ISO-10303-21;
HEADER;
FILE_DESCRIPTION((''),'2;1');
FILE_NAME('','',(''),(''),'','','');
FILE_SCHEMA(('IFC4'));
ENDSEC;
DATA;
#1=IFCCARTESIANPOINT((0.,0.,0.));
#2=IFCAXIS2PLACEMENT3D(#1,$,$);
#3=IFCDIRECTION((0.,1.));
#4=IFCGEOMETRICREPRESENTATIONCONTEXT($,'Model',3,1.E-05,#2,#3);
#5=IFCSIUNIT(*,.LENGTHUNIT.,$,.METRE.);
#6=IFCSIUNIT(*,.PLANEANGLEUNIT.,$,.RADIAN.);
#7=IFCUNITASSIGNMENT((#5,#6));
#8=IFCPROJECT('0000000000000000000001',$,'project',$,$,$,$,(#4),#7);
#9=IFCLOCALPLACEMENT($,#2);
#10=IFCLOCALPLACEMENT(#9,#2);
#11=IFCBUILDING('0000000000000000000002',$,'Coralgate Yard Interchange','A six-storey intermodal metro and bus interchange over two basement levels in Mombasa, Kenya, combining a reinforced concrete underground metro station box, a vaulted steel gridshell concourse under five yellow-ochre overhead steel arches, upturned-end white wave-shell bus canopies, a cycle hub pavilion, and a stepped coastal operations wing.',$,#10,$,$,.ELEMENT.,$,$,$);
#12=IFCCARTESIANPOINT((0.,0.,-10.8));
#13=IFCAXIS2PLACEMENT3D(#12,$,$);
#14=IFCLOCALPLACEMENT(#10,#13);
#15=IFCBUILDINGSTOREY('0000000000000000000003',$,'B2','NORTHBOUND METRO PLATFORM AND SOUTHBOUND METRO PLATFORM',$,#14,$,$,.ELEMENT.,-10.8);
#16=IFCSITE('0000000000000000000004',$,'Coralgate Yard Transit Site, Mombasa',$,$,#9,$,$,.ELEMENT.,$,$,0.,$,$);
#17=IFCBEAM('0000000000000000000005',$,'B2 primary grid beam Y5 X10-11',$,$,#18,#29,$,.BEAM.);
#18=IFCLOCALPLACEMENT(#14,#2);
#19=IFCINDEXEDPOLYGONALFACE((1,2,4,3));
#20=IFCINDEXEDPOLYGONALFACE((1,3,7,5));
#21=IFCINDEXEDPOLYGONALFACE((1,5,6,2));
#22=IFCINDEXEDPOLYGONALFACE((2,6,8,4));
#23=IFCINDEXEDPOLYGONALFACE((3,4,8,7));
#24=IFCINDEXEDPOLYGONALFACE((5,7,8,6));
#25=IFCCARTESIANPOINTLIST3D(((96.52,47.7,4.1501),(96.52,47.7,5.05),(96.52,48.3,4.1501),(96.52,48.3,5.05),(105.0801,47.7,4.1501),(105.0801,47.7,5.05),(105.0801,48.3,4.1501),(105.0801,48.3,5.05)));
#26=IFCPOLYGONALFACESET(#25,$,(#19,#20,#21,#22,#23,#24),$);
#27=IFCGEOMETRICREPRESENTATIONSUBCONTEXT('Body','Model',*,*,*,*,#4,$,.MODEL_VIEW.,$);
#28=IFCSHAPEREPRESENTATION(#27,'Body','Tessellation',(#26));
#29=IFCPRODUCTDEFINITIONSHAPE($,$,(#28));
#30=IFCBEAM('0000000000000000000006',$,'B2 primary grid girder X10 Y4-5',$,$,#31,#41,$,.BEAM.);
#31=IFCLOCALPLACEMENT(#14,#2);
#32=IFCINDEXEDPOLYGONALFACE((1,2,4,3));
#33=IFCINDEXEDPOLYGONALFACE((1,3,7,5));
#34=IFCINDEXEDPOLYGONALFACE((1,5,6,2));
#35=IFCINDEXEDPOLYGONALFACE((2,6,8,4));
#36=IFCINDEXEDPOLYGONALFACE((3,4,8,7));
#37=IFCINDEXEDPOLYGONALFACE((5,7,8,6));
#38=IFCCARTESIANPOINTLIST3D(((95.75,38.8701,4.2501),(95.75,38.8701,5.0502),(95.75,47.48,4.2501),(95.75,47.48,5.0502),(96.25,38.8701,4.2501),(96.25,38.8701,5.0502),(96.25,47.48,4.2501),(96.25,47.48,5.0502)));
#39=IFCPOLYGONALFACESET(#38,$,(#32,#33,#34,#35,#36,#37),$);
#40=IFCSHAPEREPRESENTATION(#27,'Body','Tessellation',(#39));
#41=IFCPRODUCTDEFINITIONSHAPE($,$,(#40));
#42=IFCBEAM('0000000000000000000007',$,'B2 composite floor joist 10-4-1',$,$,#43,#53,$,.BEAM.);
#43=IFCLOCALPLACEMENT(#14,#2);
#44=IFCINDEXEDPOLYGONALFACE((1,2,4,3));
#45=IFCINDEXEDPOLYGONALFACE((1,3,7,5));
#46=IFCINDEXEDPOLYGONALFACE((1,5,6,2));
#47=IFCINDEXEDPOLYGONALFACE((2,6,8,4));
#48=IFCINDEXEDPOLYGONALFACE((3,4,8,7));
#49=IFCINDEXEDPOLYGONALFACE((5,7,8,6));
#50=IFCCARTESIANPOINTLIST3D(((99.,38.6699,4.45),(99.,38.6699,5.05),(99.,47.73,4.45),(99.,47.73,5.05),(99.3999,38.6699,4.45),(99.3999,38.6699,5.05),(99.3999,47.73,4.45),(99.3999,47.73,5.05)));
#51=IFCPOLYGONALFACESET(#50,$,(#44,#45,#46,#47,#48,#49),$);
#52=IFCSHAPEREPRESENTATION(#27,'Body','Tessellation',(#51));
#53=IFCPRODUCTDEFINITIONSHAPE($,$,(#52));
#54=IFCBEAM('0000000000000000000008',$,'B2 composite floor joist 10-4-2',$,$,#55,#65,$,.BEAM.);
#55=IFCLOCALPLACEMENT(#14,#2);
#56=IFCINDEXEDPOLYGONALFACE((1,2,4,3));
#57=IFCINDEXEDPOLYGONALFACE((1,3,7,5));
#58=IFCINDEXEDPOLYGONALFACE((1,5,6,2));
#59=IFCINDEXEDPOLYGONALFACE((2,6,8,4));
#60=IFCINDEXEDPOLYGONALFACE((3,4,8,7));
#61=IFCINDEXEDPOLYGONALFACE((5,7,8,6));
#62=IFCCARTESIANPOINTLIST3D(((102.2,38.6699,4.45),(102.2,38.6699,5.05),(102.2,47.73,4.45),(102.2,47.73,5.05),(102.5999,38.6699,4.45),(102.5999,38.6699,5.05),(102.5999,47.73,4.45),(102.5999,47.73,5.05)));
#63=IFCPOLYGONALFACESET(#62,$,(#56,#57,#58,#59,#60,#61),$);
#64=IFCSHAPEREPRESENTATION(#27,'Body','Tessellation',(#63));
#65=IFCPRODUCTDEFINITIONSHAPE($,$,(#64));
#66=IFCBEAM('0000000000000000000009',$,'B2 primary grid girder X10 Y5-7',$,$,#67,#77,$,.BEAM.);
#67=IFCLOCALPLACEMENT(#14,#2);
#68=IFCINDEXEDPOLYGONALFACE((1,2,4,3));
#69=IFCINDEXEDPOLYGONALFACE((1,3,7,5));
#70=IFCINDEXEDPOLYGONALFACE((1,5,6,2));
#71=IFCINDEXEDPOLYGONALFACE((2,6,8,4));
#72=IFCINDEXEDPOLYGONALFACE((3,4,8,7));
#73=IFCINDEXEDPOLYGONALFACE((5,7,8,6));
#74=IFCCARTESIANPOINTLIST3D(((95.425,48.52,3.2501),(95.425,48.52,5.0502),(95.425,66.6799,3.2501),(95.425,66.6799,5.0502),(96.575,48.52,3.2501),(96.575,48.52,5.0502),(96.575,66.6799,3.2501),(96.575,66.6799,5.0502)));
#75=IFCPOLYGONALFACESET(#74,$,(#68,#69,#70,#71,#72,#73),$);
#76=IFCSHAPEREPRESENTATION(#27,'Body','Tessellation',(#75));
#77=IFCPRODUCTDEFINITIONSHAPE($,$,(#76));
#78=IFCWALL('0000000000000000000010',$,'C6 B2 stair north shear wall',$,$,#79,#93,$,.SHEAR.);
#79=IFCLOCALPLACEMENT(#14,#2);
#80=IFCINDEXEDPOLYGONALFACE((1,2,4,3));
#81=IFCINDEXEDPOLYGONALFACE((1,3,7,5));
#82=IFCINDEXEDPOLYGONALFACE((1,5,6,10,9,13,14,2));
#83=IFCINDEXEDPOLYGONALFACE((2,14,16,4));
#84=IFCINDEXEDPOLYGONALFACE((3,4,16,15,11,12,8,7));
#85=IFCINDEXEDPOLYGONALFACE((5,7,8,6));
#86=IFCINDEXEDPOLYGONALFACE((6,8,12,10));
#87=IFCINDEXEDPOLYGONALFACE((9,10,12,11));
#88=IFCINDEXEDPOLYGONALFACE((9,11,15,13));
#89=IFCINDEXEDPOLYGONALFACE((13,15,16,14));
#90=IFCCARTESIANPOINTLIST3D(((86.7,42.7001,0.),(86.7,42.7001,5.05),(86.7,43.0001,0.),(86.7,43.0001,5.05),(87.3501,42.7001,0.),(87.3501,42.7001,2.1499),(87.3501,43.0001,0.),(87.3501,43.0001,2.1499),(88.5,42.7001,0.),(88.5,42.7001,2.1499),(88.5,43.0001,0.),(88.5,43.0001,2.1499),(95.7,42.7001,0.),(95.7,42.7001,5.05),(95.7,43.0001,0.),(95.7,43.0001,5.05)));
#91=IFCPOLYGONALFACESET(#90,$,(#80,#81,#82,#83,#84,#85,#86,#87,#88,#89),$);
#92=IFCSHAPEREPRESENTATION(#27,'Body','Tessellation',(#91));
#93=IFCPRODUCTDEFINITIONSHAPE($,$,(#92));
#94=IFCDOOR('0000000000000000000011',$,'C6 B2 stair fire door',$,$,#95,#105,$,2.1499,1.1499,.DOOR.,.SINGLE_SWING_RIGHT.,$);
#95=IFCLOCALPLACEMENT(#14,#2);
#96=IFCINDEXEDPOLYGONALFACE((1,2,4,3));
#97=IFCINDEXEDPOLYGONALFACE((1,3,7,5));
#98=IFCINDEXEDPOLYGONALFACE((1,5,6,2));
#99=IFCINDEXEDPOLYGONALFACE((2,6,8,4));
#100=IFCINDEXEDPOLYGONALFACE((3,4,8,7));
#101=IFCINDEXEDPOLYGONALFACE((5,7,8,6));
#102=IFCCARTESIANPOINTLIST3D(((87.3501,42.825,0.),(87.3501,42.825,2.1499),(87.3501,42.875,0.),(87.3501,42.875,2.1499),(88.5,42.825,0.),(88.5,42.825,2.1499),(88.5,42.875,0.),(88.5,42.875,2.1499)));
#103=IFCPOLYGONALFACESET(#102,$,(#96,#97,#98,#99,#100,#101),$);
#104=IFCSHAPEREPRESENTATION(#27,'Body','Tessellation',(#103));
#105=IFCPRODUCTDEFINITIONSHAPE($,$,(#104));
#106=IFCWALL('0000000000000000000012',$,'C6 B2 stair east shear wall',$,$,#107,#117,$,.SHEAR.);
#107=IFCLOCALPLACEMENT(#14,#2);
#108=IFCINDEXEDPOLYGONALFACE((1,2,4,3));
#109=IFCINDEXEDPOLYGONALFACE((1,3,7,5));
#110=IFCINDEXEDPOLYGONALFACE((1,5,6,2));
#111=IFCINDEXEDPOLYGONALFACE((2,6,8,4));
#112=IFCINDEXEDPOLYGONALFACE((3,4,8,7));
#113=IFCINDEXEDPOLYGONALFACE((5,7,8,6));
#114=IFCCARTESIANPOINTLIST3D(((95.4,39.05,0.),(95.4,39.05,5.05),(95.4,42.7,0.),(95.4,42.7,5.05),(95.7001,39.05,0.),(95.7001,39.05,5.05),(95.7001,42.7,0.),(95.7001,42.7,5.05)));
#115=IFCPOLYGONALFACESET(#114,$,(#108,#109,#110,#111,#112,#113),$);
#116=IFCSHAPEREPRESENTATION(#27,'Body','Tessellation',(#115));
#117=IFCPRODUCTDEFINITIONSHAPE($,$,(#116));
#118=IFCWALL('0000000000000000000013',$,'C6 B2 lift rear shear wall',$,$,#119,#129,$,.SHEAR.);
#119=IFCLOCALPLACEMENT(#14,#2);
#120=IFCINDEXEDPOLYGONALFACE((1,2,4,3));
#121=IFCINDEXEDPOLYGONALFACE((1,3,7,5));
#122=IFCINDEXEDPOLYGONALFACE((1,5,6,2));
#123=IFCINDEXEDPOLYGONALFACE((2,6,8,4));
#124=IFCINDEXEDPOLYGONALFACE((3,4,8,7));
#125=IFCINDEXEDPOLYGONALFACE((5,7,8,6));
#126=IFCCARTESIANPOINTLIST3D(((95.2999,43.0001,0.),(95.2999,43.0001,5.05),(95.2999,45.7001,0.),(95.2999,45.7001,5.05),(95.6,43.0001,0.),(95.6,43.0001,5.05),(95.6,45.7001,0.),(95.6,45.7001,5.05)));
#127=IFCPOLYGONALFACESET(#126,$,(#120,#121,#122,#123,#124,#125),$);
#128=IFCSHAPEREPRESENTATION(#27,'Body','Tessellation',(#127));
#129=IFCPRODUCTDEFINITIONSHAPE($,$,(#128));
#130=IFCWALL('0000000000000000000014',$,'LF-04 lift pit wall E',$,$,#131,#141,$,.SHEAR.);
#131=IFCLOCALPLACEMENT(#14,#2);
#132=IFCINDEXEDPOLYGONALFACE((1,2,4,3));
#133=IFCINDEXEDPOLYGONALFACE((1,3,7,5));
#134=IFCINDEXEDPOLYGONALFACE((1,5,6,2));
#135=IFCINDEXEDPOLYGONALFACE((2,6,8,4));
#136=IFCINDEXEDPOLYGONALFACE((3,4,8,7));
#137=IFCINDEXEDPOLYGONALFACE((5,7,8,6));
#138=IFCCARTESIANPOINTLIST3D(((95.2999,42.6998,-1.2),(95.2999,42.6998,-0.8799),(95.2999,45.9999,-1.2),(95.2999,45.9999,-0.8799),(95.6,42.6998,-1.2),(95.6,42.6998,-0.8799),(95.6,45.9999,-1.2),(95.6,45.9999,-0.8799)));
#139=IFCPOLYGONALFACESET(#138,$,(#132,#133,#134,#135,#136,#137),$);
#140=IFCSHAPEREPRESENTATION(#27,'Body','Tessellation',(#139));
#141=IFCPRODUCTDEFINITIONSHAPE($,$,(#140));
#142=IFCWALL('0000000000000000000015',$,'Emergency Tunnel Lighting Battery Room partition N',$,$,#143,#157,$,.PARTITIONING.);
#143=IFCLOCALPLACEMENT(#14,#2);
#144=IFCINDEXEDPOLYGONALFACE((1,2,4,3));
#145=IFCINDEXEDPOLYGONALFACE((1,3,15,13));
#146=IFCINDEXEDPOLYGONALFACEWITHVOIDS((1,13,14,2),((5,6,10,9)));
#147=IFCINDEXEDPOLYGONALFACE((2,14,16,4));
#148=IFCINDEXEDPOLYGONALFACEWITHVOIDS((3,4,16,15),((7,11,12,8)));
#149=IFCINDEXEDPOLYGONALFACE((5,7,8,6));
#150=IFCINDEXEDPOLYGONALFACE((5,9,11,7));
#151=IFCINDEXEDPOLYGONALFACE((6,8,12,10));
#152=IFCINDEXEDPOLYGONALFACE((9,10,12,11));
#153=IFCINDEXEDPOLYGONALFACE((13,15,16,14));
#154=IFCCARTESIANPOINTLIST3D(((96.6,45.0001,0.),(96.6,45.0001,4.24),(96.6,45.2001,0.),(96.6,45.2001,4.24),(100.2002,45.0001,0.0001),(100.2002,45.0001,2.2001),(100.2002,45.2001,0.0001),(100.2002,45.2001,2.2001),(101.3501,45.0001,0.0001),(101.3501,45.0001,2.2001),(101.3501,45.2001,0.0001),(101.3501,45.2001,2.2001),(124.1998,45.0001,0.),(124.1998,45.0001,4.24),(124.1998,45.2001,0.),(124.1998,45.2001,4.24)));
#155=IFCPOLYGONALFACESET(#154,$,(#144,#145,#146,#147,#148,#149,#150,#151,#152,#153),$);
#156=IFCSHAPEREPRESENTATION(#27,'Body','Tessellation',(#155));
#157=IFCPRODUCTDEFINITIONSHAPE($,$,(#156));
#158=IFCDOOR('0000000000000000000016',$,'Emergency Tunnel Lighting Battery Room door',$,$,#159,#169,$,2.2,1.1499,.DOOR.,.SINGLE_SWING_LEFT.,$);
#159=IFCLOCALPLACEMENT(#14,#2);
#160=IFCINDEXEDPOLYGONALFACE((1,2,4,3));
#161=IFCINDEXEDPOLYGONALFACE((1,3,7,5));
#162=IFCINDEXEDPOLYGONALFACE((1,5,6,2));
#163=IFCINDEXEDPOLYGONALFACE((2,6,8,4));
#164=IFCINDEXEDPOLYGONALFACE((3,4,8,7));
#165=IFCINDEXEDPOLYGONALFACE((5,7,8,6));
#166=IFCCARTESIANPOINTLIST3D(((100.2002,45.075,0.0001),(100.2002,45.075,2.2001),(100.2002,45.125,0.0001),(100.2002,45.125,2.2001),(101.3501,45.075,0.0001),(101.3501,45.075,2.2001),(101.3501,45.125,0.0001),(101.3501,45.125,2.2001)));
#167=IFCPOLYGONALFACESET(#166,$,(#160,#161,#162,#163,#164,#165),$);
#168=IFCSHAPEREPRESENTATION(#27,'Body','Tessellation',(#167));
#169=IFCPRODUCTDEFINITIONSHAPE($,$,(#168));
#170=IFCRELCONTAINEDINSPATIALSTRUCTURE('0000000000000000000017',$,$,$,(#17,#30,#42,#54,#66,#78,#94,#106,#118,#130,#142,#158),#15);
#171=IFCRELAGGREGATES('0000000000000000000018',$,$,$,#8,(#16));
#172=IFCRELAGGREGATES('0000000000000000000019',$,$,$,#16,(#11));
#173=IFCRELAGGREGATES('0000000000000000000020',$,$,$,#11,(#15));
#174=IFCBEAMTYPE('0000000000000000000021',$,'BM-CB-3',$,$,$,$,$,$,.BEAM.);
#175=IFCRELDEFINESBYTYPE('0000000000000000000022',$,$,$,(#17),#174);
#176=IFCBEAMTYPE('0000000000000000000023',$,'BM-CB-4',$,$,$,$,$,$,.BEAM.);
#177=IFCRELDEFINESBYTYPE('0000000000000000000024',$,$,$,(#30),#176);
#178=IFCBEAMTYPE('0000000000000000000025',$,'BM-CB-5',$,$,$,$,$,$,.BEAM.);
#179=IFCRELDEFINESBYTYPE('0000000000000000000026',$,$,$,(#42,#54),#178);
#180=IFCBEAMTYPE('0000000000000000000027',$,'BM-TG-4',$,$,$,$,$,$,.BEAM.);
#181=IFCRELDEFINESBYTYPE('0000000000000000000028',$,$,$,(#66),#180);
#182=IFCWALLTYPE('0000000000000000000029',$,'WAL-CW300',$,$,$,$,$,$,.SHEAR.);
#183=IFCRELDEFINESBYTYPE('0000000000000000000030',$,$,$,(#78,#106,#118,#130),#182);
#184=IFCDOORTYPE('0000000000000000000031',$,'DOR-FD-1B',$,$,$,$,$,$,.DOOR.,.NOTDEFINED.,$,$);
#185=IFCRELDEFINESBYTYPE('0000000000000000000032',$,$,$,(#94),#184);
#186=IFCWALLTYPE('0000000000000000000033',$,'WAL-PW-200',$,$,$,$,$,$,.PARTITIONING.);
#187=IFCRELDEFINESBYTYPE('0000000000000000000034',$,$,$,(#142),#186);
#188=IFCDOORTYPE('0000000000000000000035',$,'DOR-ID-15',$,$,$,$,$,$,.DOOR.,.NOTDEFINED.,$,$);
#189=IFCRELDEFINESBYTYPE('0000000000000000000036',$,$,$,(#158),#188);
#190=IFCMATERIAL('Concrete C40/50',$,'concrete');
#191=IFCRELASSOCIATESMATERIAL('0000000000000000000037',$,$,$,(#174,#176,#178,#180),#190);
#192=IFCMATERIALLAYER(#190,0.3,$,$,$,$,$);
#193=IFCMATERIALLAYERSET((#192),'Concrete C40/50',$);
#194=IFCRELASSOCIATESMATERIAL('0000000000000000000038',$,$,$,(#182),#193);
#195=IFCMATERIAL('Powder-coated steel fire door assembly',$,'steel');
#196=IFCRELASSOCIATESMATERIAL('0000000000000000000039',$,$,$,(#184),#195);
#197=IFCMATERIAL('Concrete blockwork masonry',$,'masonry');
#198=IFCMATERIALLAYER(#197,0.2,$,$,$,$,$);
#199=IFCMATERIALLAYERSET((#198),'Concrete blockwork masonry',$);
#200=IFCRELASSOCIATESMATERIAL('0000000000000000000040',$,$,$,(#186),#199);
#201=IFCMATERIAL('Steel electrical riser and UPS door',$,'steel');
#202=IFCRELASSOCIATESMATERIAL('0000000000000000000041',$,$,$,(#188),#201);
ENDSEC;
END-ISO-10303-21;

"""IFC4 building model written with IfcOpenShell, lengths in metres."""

from ifc_helpers import new_model, si_unit, direction, frame, frame_2d, origin, origin_2d, place, context, subcontext, project, spatial, rectangle, extrude, material, layer, layer_set, material_profile, profile_set, type_object, element, fill, save


model = new_model("IFC4")

# Units and contexts
model_context = context("Model", 3, precision=1e-05, world=origin(), true_north=direction((0.0, 1.0)))
body_context = subcontext(model_context, "Body", "Model", "MODEL_VIEW")
ifc_project = project(units=[si_unit("LENGTHUNIT", "METRE"), si_unit("PLANEANGLEUNIT", "RADIAN")], contexts=[model_context])

# Site, building, storey
site_placement = place(None, origin())
site = spatial("IfcSite", under=ifc_project, at=site_placement, Name="Coralgate Yard Transit Site, Mombasa", CompositionType="ELEMENT", RefElevation=0.0)
building_placement = place(site_placement, origin())
building = spatial("IfcBuilding", under=site, at=building_placement, Name="Coralgate Yard Interchange", Description="A six-storey intermodal metro and bus interchange over two basement levels in Mombasa, Kenya, combining a reinforced concrete underground metro station box, a vaulted steel gridshell concourse under five yellow-ochre overhead steel arches, upturned-end white wave-shell bus canopies, a cycle hub pavilion, and a stepped coastal operations wing.", CompositionType="ELEMENT")
storey_placement = place(building_placement, frame((0.0, 0.0, -10.8)))
storey = spatial("IfcBuildingStorey", under=building, at=storey_placement, Name="B2", Description="NORTHBOUND METRO PLATFORM AND SOUTHBOUND METRO PLATFORM", CompositionType="ELEMENT", Elevation=-10.8)

# Shared definitions
ifc_material_1 = material(Name="Concrete C40/50", Category="concrete")

# Beams
ifc_material_profile_1 = material_profile(ifc_material_1, rectangle(XDim=0.6001, YDim=0.8999, at=origin_2d()), Name="RC 600x900")
ifc_profile_set_1 = profile_set([ifc_material_profile_1], Name="Concrete C40/50")
beam_type_1 = type_object("IfcBeamType", Name="BM-CB-3", PredefinedType="BEAM", material=ifc_profile_set_1)
beam_1_placement = place(storey_placement, frame((96.52, 48.0, 4.6001), z_axis=(1.0, 0.0, 0.0), x_axis=(0.0, 1.0, 0.0)))
element("IfcBeam", 1, at=beam_1_placement, inside=storey, type_object=beam_type_1, Name="B2 primary grid beam Y5 X10-11", PredefinedType="BEAM", context=body_context, shape_type="SweptSolid", body=[
    extrude(rectangle(XDim=0.6001, YDim=0.8999, at=origin_2d()), origin(), (0.0, 0.0, 1.0), 8.5601),
])
ifc_material_profile_2 = material_profile(ifc_material_1, rectangle(XDim=0.5, YDim=0.8, at=origin_2d()), Name="RC 500x800")
ifc_profile_set_2 = profile_set([ifc_material_profile_2], Name="Concrete C40/50")
beam_type_2 = type_object("IfcBeamType", Name="BM-CB-4", PredefinedType="BEAM", material=ifc_profile_set_2)
beam_2_placement = place(storey_placement, frame((96.0, 38.8701, 4.6501), z_axis=(0.0, 1.0, 0.0), x_axis=(-1.0, 0.0, 0.0)))
element("IfcBeam", 2, at=beam_2_placement, inside=storey, type_object=beam_type_2, Name="B2 primary grid girder X10 Y4-5", PredefinedType="BEAM", context=body_context, shape_type="SweptSolid", body=[
    extrude(rectangle(XDim=0.5, YDim=0.8, at=origin_2d()), origin(), (0.0, 0.0, 1.0), 8.6099),
])
ifc_material_profile_3 = material_profile(ifc_material_1, rectangle(XDim=0.3999, YDim=0.6001, at=origin_2d()), Name="RC 400x600")
ifc_profile_set_3 = profile_set([ifc_material_profile_3], Name="Concrete C40/50")
beam_type_3 = type_object("IfcBeamType", Name="BM-CB-5", PredefinedType="BEAM", material=ifc_profile_set_3)
for number, where, z_axis, x_axis, name in (
    (3, (99.2, 38.6699, 4.75), (0.0, 1.0, 0.0), (-1.0, 0.0, 0.0), "B2 composite floor joist 10-4-1"),
    (4, (102.3999, 38.6699, 4.75), (0.0, 1.0, 0.0), (-1.0, 0.0, 0.0), "B2 composite floor joist 10-4-2"),
):
    element("IfcBeam", number, at=place(storey_placement, frame(where, z_axis=z_axis, x_axis=x_axis)), inside=storey, type_object=beam_type_3, Name=name, PredefinedType="BEAM", context=body_context, shape_type="SweptSolid", body=[
        extrude(rectangle(XDim=0.3999, YDim=0.6001, at=origin_2d()), origin(), (0.0, 0.0, 1.0), 9.0601),
    ])
ifc_material_profile_4 = material_profile(ifc_material_1, rectangle(XDim=1.1499, YDim=1.8, at=origin_2d()), Name="RC 1150x1800")
ifc_profile_set_4 = profile_set([ifc_material_profile_4], Name="Concrete C40/50")
beam_type_4 = type_object("IfcBeamType", Name="BM-TG-4", PredefinedType="BEAM", material=ifc_profile_set_4)
beam_3_placement = place(storey_placement, frame((96.0, 48.52, 4.1501), z_axis=(0.0, 1.0, 0.0), x_axis=(-1.0, 0.0, 0.0)))
element("IfcBeam", 5, at=beam_3_placement, inside=storey, type_object=beam_type_4, Name="B2 primary grid girder X10 Y5-7", PredefinedType="BEAM", context=body_context, shape_type="SweptSolid", body=[
    extrude(rectangle(XDim=1.1499, YDim=1.8, at=origin_2d()), origin(), (0.0, 0.0, 1.0), 18.1599),
])

# Wall, opening, door
ifc_layer_1 = layer(ifc_material_1, 0.3)
ifc_layer_set_1 = layer_set([ifc_layer_1], Name="Concrete C40/50")
wall_type_1 = type_object("IfcWallType", Name="WAL-CW300", PredefinedType="SHEAR", material=ifc_layer_set_1)
wall_1_placement = place(storey_placement, frame((95.7, 42.8501, 0.0), z_axis=(0.0, 0.0, 1.0), x_axis=(-1.0, 0.0, 0.0)))
wall_1 = element("IfcWall", 6, at=wall_1_placement, inside=storey, type_object=wall_type_1, Name="C6 B2 stair north shear wall", PredefinedType="SHEAR", context=body_context, shape_type="SweptSolid", body=[
    extrude(rectangle(XDim=9.0, YDim=0.3, at=frame_2d((4.5, 0.0))), origin(), (0.0, 0.0, 1.0), 5.05),
])
opening_1_placement = place(wall_1_placement, frame((7.2, 0.0, 0.0)))
opening_1 = element("IfcOpeningElement", 7, at=opening_1_placement, cuts=wall_1, PredefinedType="OPENING", context=body_context, shape_type="SweptSolid", body=[
    extrude(rectangle(XDim=1.1499, YDim=2.1499, at=frame_2d((0.575, 1.075))), frame((0.0, 0.1599, 0.0), z_axis=(0.0, -1.0, 0.0), x_axis=(1.0, 0.0, 0.0)), (0.0, 0.0, 1.0), 0.3201),
])
ifc_material_2 = material(Name="Powder-coated steel fire door assembly", Category="steel")
door_type_1 = type_object("IfcDoorType", Name="DOR-FD-1B", OperationType="NOTDEFINED", PredefinedType="DOOR", material=ifc_material_2)
door_1_placement = place(opening_1_placement, frame((1.1499, 0.0, 0.0), z_axis=(0.0, 0.0, 1.0), x_axis=(-1.0, 0.0, 0.0)))
door_1 = element("IfcDoor", 8, at=door_1_placement, inside=storey, type_object=door_type_1, Name="C6 B2 stair fire door", OperationType="SINGLE_SWING_RIGHT", OverallHeight=2.1499, OverallWidth=1.1499, PredefinedType="DOOR", context=body_context, shape_type="SweptSolid", body=[
    extrude(rectangle(XDim=1.1499, YDim=2.1499, at=frame_2d((0.575, 1.075))), frame((0.0, 0.0249, 0.0), z_axis=(0.0, -1.0, 0.0), x_axis=(1.0, 0.0, 0.0)), (0.0, 0.0, 1.0), 0.05),
])
fill(opening_1, door_1)

# Walls
wall_2_placement = place(storey_placement, frame((95.55, 42.7, 0.0), z_axis=(0.0, 0.0, 1.0), x_axis=(0.0, -1.0, 0.0)))
element("IfcWall", 9, at=wall_2_placement, inside=storey, type_object=wall_type_1, Name="C6 B2 stair east shear wall", PredefinedType="SHEAR", context=body_context, shape_type="SweptSolid", body=[
    extrude(rectangle(XDim=3.6499, YDim=0.3, at=frame_2d((1.825, 0.0))), origin(), (0.0, 0.0, 1.0), 5.05),
])
wall_3_placement = place(storey_placement, frame((95.45, 43.0, 0.0), z_axis=(0.0, 0.0, 1.0), x_axis=(0.0, 1.0, 0.0)))
element("IfcWall", 10, at=wall_3_placement, inside=storey, type_object=wall_type_1, Name="C6 B2 lift rear shear wall", PredefinedType="SHEAR", context=body_context, shape_type="SweptSolid", body=[
    extrude(rectangle(XDim=2.7, YDim=0.3, at=frame_2d((1.3501, 0.0))), origin(), (0.0, 0.0, 1.0), 5.05),
])
wall_4_placement = place(storey_placement, frame((95.45, 42.7, -1.2), z_axis=(0.0, 0.0, 1.0), x_axis=(0.0, 1.0, 0.0)))
element("IfcWall", 11, at=wall_4_placement, inside=storey, type_object=wall_type_1, Name="LF-04 lift pit wall E", PredefinedType="SHEAR", context=body_context, shape_type="SweptSolid", body=[
    extrude(rectangle(XDim=3.3, YDim=0.3, at=frame_2d((1.6499, 0.0))), origin(), (0.0, 0.0, 1.0), 0.3201),
])

# Wall, opening, door
ifc_material_3 = material(Name="Concrete blockwork masonry", Category="masonry")
ifc_layer_2 = layer(ifc_material_3, 0.2)
ifc_layer_set_2 = layer_set([ifc_layer_2], Name="Concrete blockwork masonry")
wall_type_2 = type_object("IfcWallType", Name="WAL-PW-200", PredefinedType="PARTITIONING", material=ifc_layer_set_2)
wall_5_placement = place(storey_placement, frame((96.6001, 45.1001, 0.0), z_axis=(0.0, 0.0, 1.0), x_axis=(1.0, 0.0, 0.0)))
wall_5 = element("IfcWall", 12, at=wall_5_placement, inside=storey, type_object=wall_type_2, Name="Emergency Tunnel Lighting Battery Room partition N", PredefinedType="PARTITIONING", context=body_context, shape_type="SweptSolid", body=[
    extrude(rectangle(XDim=27.5999, YDim=0.2, at=frame_2d((13.7998, 0.0))), origin(), (0.0, 0.0, 1.0), 4.24),
])
opening_2_placement = place(wall_5_placement, frame((3.6001, 0.0, 0.0)))
opening_2 = element("IfcOpeningElement", 13, at=opening_2_placement, cuts=wall_5, PredefinedType="OPENING", context=body_context, shape_type="SweptSolid", body=[
    extrude(rectangle(XDim=1.1499, YDim=2.2, at=frame_2d((0.575, 1.1001))), frame((0.0, 0.1099, 0.0), z_axis=(0.0, -1.0, 0.0), x_axis=(1.0, 0.0, 0.0)), (0.0, 0.0, 1.0), 0.22),
])
ifc_material_4 = material(Name="Steel electrical riser and UPS door", Category="steel")
door_type_2 = type_object("IfcDoorType", Name="DOR-ID-15", OperationType="NOTDEFINED", PredefinedType="DOOR", material=ifc_material_4)
door_2_placement = place(opening_2_placement, origin())
door_2 = element("IfcDoor", 14, at=door_2_placement, inside=storey, type_object=door_type_2, Name="Emergency Tunnel Lighting Battery Room door", OperationType="SINGLE_SWING_LEFT", OverallHeight=2.2, OverallWidth=1.1499, PredefinedType="DOOR", context=body_context, shape_type="SweptSolid", body=[
    extrude(rectangle(XDim=1.1499, YDim=2.2, at=frame_2d((0.575, 1.1001))), frame((0.0, 0.0249, 0.0), z_axis=(0.0, -1.0, 0.0), x_axis=(1.0, 0.0, 0.0)), (0.0, 0.0, 1.0), 0.05),
])
fill(opening_2, door_2)

save(model, "model.ifc")
